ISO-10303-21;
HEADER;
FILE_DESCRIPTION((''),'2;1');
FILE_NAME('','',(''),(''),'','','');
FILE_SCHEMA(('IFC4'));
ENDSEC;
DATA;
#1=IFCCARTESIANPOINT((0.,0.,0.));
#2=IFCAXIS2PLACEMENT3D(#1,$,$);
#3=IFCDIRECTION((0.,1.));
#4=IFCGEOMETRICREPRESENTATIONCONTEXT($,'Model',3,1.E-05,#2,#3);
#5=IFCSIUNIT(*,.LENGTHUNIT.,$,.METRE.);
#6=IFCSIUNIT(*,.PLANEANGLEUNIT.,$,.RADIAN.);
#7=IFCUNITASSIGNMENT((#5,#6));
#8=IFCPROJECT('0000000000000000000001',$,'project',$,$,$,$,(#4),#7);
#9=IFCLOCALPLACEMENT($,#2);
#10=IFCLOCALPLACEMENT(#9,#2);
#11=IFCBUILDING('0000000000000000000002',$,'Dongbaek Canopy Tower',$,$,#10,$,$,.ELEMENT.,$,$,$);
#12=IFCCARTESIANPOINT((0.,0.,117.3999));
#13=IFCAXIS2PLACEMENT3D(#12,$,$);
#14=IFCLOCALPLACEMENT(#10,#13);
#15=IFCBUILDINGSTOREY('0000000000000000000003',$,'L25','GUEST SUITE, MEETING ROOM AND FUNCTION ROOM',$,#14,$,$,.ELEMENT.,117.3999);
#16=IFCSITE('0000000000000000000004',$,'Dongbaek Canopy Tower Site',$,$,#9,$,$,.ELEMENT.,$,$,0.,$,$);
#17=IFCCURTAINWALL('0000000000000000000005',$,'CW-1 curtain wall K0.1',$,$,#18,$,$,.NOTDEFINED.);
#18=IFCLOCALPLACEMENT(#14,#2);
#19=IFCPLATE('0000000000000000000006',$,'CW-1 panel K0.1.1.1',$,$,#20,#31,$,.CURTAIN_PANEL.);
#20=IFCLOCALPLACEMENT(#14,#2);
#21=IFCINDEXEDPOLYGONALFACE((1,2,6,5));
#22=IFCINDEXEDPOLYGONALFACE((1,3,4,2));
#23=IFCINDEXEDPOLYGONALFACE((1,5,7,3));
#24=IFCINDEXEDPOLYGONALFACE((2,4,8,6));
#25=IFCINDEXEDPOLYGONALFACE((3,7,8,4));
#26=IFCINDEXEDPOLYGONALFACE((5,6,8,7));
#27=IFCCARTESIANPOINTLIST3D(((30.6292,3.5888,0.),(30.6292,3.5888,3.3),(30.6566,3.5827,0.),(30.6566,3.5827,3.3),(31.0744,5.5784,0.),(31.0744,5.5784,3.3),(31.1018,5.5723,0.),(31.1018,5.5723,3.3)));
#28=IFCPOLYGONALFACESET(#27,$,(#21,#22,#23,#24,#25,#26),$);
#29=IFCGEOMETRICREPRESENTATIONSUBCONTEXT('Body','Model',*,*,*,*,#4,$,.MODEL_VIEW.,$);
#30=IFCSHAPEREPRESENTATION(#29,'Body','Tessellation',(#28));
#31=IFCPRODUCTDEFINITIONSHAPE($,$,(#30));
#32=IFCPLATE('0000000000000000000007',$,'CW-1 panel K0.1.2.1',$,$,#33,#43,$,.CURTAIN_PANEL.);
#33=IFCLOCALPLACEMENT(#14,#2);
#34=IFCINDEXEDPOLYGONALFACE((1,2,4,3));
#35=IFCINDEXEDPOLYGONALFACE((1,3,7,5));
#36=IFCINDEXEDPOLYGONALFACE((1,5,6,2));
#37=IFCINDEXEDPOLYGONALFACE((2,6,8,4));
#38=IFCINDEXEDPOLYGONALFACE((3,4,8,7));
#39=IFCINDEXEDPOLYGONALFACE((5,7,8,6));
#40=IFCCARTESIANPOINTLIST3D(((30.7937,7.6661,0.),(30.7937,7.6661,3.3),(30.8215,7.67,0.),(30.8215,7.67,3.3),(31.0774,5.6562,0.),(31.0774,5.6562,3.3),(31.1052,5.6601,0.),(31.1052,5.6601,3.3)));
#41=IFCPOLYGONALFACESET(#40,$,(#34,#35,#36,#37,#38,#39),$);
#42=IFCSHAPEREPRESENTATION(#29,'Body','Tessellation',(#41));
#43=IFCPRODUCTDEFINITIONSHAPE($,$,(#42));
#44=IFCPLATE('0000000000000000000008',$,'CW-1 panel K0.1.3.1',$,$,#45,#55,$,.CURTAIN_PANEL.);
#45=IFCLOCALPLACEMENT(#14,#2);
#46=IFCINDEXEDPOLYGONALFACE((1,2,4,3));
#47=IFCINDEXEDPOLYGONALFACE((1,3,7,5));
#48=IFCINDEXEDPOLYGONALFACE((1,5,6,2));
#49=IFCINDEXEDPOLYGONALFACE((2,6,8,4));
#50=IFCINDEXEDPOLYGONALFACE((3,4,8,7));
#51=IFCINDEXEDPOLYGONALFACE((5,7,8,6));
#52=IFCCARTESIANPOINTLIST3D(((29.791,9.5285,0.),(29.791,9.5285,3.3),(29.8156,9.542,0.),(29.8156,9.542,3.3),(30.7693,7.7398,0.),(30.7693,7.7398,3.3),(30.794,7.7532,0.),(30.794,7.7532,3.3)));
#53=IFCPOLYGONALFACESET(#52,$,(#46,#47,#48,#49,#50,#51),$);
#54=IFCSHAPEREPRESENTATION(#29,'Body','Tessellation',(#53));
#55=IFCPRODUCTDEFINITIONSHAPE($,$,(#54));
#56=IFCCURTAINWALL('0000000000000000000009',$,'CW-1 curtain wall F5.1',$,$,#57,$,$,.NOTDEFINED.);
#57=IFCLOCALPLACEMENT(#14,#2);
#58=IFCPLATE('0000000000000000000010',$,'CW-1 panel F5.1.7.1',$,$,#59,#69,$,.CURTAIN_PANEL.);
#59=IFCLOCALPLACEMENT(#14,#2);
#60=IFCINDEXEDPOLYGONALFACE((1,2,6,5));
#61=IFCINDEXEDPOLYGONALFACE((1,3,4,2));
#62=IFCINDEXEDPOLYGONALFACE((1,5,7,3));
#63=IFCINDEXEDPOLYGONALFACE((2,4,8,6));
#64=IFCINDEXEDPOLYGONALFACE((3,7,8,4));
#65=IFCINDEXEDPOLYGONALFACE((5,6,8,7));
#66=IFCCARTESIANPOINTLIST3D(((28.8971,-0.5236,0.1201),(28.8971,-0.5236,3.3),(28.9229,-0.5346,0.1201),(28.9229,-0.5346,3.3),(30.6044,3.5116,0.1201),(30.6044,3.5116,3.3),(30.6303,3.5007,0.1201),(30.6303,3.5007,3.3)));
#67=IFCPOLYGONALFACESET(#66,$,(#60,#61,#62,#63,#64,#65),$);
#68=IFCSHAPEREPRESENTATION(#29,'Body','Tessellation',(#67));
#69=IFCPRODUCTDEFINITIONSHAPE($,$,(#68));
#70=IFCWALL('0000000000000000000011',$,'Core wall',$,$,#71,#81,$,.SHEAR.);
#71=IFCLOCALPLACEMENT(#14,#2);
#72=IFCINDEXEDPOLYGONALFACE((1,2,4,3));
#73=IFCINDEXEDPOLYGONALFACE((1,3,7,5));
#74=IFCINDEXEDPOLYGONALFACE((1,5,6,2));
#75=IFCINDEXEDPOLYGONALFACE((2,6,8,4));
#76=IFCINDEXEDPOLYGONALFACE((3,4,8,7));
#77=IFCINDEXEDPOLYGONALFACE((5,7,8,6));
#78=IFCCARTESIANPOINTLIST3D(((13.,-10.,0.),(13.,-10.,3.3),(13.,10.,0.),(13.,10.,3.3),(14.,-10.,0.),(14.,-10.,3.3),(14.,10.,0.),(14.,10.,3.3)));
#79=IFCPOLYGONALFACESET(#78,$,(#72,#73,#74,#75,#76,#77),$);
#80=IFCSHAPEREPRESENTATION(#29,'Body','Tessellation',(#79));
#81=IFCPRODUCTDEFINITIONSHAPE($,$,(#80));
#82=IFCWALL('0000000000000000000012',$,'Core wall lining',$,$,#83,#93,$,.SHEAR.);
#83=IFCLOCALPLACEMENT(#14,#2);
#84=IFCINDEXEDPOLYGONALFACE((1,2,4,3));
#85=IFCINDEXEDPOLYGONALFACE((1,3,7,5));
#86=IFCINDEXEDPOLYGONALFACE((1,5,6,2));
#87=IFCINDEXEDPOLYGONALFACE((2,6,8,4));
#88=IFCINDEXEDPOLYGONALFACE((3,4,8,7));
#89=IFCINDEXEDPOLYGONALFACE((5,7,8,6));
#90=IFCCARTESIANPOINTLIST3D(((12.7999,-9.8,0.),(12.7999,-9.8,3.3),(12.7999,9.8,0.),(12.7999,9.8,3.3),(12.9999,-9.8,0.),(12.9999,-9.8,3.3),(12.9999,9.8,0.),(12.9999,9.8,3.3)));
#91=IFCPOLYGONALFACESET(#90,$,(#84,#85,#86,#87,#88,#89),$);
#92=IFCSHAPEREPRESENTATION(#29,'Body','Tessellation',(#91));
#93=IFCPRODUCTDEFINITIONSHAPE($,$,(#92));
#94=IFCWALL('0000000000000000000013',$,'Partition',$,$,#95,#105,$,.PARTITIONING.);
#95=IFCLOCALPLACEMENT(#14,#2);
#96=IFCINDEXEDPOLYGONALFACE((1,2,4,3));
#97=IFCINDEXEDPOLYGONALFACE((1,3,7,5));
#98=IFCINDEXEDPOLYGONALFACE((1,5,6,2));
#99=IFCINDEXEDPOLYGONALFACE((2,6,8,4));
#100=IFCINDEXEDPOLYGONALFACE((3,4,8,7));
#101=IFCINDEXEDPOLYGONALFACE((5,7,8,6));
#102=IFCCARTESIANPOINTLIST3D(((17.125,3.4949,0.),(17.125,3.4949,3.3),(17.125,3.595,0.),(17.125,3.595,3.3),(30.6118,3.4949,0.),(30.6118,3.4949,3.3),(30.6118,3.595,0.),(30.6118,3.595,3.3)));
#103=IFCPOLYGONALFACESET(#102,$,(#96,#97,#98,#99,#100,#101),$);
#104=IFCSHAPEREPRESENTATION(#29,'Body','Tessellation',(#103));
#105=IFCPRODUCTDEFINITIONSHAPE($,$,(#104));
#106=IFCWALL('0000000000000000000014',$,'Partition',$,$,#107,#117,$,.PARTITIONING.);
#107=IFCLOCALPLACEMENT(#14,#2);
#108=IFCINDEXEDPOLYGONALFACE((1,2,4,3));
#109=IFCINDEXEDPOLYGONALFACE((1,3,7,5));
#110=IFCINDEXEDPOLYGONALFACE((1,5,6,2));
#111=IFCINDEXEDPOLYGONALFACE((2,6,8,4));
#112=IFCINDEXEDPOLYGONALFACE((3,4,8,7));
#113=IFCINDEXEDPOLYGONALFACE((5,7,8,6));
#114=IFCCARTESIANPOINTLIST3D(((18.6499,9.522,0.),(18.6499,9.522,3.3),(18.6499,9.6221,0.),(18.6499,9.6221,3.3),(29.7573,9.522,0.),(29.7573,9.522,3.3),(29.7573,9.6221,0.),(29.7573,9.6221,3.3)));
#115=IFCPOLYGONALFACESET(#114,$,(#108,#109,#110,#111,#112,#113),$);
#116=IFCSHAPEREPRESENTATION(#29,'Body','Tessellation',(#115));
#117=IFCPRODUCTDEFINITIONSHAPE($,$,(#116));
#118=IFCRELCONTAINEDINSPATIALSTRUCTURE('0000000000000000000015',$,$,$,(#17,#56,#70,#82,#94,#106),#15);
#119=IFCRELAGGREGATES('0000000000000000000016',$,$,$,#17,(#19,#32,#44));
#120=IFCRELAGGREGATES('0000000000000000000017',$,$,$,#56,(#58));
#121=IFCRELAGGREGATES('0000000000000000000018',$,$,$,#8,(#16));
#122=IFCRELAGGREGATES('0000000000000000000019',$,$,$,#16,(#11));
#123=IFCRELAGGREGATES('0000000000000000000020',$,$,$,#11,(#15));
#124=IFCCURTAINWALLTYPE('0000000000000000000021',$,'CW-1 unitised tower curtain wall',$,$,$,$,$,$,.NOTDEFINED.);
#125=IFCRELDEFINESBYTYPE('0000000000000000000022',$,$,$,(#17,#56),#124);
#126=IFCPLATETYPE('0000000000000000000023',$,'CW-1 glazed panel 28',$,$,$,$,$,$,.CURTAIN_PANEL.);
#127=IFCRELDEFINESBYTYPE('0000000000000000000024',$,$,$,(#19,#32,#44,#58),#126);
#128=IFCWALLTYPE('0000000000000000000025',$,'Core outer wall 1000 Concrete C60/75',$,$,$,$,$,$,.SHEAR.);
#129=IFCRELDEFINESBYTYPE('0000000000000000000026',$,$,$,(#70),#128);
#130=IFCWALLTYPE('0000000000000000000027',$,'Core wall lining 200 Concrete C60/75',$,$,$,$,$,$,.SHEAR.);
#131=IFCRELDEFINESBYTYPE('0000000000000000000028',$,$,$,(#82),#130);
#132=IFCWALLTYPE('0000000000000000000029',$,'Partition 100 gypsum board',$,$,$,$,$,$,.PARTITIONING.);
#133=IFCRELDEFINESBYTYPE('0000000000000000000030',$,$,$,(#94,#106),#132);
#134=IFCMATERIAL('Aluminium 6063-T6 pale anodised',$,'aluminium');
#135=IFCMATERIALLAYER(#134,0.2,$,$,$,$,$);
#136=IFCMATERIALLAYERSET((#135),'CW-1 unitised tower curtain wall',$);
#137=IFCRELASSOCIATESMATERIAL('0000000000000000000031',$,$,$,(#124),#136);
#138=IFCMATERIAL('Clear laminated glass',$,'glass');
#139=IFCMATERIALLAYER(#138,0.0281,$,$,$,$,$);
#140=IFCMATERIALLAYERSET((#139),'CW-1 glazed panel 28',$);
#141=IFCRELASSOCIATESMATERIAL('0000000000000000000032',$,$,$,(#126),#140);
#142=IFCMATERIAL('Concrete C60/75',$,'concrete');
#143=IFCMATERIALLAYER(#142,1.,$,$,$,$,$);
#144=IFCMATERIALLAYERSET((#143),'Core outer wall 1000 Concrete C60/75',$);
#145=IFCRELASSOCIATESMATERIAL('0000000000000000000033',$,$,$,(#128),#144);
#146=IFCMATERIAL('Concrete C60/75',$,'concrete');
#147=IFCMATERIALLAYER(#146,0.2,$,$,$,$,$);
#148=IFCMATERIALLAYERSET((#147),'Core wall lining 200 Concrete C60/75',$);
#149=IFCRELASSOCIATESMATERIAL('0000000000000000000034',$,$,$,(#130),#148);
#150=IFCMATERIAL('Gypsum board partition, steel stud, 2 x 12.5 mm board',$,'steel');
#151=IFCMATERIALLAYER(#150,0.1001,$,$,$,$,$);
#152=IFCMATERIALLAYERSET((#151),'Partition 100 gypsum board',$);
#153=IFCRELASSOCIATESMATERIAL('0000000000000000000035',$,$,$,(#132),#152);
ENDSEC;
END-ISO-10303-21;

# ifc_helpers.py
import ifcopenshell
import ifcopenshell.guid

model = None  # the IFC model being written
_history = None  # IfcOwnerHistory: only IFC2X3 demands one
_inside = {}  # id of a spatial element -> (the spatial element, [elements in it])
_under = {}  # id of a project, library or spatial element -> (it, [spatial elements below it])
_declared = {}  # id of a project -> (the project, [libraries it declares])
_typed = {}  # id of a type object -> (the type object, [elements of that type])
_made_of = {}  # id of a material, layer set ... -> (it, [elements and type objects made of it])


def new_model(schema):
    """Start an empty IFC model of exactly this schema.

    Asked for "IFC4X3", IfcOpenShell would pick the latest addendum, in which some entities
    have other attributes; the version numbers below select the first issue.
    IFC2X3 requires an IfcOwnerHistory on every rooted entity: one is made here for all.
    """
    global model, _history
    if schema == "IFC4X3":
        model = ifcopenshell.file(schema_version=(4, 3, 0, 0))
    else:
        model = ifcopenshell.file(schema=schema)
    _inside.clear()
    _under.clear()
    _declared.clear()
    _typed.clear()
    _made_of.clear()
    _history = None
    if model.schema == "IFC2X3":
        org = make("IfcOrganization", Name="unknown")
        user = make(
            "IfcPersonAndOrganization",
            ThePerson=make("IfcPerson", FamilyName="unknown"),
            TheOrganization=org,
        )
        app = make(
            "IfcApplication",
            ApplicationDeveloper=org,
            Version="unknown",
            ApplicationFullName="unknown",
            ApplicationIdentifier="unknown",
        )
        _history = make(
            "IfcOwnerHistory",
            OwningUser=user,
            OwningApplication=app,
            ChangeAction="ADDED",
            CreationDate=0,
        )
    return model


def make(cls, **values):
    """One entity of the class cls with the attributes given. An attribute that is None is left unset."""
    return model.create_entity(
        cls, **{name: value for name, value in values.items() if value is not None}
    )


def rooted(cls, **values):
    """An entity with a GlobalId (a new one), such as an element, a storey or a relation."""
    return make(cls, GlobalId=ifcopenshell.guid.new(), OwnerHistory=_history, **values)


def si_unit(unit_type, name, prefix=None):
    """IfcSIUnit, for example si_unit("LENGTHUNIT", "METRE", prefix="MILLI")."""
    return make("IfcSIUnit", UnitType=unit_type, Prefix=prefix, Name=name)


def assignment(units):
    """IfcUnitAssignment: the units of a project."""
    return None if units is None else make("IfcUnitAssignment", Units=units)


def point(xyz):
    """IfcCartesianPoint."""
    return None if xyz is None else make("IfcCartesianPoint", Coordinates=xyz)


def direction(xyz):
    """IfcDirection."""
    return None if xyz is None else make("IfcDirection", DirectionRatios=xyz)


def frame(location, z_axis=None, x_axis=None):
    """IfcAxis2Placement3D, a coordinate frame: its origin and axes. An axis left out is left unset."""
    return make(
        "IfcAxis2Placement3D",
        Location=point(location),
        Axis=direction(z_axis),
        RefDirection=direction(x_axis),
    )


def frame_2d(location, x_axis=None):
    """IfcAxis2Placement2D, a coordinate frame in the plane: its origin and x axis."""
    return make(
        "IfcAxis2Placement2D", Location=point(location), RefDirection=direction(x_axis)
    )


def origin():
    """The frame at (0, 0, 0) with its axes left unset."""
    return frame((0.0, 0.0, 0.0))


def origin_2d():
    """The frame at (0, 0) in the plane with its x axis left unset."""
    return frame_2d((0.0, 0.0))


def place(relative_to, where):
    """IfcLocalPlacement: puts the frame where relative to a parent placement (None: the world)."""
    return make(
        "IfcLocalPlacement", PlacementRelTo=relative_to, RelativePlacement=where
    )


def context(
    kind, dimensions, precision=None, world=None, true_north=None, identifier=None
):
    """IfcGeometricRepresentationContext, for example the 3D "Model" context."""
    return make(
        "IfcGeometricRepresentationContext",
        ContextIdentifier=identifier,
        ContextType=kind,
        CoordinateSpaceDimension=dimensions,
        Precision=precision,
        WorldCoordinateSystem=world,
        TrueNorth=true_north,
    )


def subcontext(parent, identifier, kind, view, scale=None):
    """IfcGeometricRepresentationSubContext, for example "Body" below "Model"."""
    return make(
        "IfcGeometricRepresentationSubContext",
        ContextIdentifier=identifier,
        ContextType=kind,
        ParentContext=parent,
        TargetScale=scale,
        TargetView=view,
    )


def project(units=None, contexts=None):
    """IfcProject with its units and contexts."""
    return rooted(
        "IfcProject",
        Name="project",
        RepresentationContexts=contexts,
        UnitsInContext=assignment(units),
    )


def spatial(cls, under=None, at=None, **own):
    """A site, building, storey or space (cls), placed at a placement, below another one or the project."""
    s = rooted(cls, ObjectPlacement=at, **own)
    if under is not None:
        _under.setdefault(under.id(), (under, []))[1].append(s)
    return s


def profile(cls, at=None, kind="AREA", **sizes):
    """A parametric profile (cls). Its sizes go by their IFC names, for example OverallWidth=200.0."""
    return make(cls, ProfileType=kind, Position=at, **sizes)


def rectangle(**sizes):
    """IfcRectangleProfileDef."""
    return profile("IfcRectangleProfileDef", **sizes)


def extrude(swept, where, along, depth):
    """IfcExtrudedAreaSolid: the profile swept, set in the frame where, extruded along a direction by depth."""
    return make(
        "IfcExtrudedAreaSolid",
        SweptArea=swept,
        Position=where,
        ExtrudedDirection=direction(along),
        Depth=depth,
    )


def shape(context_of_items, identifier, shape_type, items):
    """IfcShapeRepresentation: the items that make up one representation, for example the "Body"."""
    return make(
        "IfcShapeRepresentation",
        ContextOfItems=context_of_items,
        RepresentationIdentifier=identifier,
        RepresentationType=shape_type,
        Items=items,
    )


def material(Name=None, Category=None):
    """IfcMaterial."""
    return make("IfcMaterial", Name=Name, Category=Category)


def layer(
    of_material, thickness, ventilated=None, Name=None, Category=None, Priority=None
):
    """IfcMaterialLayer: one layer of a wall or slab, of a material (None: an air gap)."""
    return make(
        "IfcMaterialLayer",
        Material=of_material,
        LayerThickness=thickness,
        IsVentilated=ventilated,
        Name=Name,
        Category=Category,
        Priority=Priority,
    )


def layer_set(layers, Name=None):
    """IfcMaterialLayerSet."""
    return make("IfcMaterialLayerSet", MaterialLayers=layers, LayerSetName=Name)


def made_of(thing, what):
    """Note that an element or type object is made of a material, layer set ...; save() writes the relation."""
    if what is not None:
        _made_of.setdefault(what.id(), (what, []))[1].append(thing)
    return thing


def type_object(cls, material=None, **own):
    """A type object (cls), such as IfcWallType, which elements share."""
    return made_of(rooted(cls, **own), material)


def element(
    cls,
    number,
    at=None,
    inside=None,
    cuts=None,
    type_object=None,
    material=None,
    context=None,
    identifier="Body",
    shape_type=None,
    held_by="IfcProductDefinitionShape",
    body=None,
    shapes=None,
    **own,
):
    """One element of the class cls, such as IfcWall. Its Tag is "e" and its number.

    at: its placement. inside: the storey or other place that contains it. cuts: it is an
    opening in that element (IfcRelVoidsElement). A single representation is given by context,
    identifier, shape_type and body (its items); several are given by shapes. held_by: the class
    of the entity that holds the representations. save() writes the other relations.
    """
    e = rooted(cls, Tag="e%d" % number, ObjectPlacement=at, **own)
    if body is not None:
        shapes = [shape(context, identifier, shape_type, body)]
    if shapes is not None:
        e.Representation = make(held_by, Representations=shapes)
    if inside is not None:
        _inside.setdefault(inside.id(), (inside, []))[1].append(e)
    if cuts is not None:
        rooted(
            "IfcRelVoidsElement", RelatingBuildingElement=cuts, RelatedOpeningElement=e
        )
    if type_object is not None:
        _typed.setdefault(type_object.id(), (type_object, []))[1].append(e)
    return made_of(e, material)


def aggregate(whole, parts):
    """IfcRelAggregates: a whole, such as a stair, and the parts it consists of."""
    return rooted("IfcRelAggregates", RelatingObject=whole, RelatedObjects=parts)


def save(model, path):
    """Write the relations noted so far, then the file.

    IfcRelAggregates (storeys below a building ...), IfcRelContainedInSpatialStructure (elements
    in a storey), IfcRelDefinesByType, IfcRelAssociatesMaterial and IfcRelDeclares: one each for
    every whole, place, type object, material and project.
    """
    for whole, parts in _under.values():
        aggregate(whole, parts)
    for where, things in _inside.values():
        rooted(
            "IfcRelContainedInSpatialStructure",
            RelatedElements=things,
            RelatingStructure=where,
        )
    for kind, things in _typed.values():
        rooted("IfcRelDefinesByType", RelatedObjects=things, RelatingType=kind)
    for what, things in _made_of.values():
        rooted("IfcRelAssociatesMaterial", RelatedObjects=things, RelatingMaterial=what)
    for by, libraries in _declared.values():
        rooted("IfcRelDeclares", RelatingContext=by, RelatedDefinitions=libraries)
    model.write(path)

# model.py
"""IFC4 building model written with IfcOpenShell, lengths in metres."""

from ifc_helpers import new_model, si_unit, direction, frame, frame_2d, origin, origin_2d, place, context, subcontext, project, spatial, rectangle, extrude, material, layer, layer_set, type_object, element, aggregate, save


model = new_model("IFC4")

# Units and contexts
model_context = context("Model", 3, precision=1e-05, world=origin(), true_north=direction((0.0, 1.0)))
body_context = subcontext(model_context, "Body", "Model", "MODEL_VIEW")
ifc_project = project(units=[si_unit("LENGTHUNIT", "METRE"), si_unit("PLANEANGLEUNIT", "RADIAN")], contexts=[model_context])

# Site, building, storey
site_placement = place(None, origin())
site = spatial("IfcSite", under=ifc_project, at=site_placement, Name="Dongbaek Canopy Tower Site", CompositionType="ELEMENT", RefElevation=0.0)
building_placement = place(site_placement, origin())
building = spatial("IfcBuilding", under=site, at=building_placement, Name="Dongbaek Canopy Tower", CompositionType="ELEMENT")
storey_placement = place(building_placement, frame((0.0, 0.0, 117.3999)))
storey = spatial("IfcBuildingStorey", under=building, at=storey_placement, Name="L25", Description="GUEST SUITE, MEETING ROOM AND FUNCTION ROOM", CompositionType="ELEMENT", Elevation=117.3999)

# Curtain wall
ifc_material_1 = material(Name="Aluminium 6063-T6 pale anodised", Category="aluminium")
ifc_layer_1 = layer(ifc_material_1, 0.2)
ifc_layer_set_1 = layer_set([ifc_layer_1], Name="CW-1 unitised tower curtain wall")
curtain_wall_type = type_object("IfcCurtainWallType", Name="CW-1 unitised tower curtain wall", PredefinedType="NOTDEFINED", material=ifc_layer_set_1)
curtain_wall_1_placement = place(storey_placement, origin())
curtain_wall_1 = element("IfcCurtainWall", 1, at=curtain_wall_1_placement, inside=storey, type_object=curtain_wall_type, Name="CW-1 curtain wall K0.1", PredefinedType="NOTDEFINED")

# Plates
ifc_material_2 = material(Name="Clear laminated glass", Category="glass")
ifc_layer_2 = layer(ifc_material_2, 0.0281)
ifc_layer_set_2 = layer_set([ifc_layer_2], Name="CW-1 glazed panel 28")
plate_type = type_object("IfcPlateType", Name="CW-1 glazed panel 28", PredefinedType="CURTAIN_PANEL", material=ifc_layer_set_2)
plate_1_placement = place(storey_placement, frame((30.8655, 4.5806, 0.0), z_axis=(0.0, 0.0, 1.0), x_axis=(0.218339, 0.975873, 0.0)))
plate_1 = element("IfcPlate", 2, at=plate_1_placement, type_object=plate_type, Name="CW-1 panel K0.1.1.1", PredefinedType="CURTAIN_PANEL", context=body_context, shape_type="SweptSolid", body=[
    extrude(rectangle(XDim=2.0388, YDim=0.0281, at=origin_2d()), origin(), (0.0, 0.0, 1.0), 3.3),
])
plate_2_placement = place(storey_placement, frame((30.9495, 6.6631, 0.0), z_axis=(0.0, 0.0, 1.0), x_axis=(-0.139736, 0.990189, 0.0)))
plate_2 = element("IfcPlate", 3, at=plate_2_placement, type_object=plate_type, Name="CW-1 panel K0.1.2.1", PredefinedType="CURTAIN_PANEL", context=body_context, shape_type="SweptSolid", body=[
    extrude(rectangle(XDim=2.0298, YDim=0.0281, at=origin_2d()), origin(), (0.0, 0.0, 1.0), 3.3),
])
plate_3_placement = place(storey_placement, frame((30.2925, 8.6409, 0.0), z_axis=(0.0, 0.0, 1.0), x_axis=(-0.479865, 0.877342, 0.0)))
plate_3 = element("IfcPlate", 4, at=plate_3_placement, type_object=plate_type, Name="CW-1 panel K0.1.3.1", PredefinedType="CURTAIN_PANEL", context=body_context, shape_type="SweptSolid", body=[
    extrude(rectangle(XDim=2.0388, YDim=0.0281, at=origin_2d()), origin(), (0.0, 0.0, 1.0), 3.3),
])
aggregate(curtain_wall_1, [plate_1, plate_2, plate_3])

# Curtain wall, plate
curtain_wall_2_placement = place(storey_placement, origin())
curtain_wall_2 = element("IfcCurtainWall", 5, at=curtain_wall_2_placement, inside=storey, type_object=curtain_wall_type, Name="CW-1 curtain wall F5.1", PredefinedType="NOTDEFINED")
plate_4_placement = place(storey_placement, frame((29.7637, 1.4885, 0.1201), z_axis=(0.0, 0.0, 1.0), x_axis=(0.389663, 0.920958, 0.0)))
plate_4 = element("IfcPlate", 6, at=plate_4_placement, type_object=plate_type, Name="CW-1 panel F5.1.7.1", PredefinedType="CURTAIN_PANEL", context=body_context, shape_type="SweptSolid", body=[
    extrude(rectangle(XDim=4.3816, YDim=0.0281, at=origin_2d()), origin(), (0.0, 0.0, 1.0), 3.1799),
])
aggregate(curtain_wall_2, [plate_4])

# Walls
ifc_material_3 = material(Name="Concrete C60/75", Category="concrete")
ifc_layer_3 = layer(ifc_material_3, 1.0)
ifc_layer_set_3 = layer_set([ifc_layer_3], Name="Core outer wall 1000 Concrete C60/75")
wall_type_1 = type_object("IfcWallType", Name="Core outer wall 1000 Concrete C60/75", PredefinedType="SHEAR", material=ifc_layer_set_3)
wall_1_placement = place(storey_placement, frame((13.5, 10.0, 0.0), z_axis=(0.0, 0.0, 1.0), x_axis=(0.0, -1.0, 0.0)))
element("IfcWall", 7, at=wall_1_placement, inside=storey, type_object=wall_type_1, Name="Core wall", PredefinedType="SHEAR", context=body_context, shape_type="SweptSolid", body=[
    extrude(rectangle(XDim=20.0, YDim=1.0, at=frame_2d((10.0, 0.0))), origin(), (0.0, 0.0, 1.0), 3.3),
])
ifc_material_4 = material(Name="Concrete C60/75", Category="concrete")
ifc_layer_4 = layer(ifc_material_4, 0.2)
ifc_layer_set_4 = layer_set([ifc_layer_4], Name="Core wall lining 200 Concrete C60/75")
wall_type_2 = type_object("IfcWallType", Name="Core wall lining 200 Concrete C60/75", PredefinedType="SHEAR", material=ifc_layer_set_4)
wall_2_placement = place(storey_placement, frame((12.8999, 9.8, 0.0), z_axis=(0.0, 0.0, 1.0), x_axis=(0.0, -1.0, 0.0)))
element("IfcWall", 8, at=wall_2_placement, inside=storey, type_object=wall_type_2, Name="Core wall lining", PredefinedType="SHEAR", context=body_context, shape_type="SweptSolid", body=[
    extrude(rectangle(XDim=19.6001, YDim=0.2, at=frame_2d((9.8, 0.0))), origin(), (0.0, 0.0, 1.0), 3.3),
])
ifc_material_5 = material(Name="Gypsum board partition, steel stud, 2 x 12.5 mm board", Category="steel")
ifc_layer_5 = layer(ifc_material_5, 0.1001)
ifc_layer_set_5 = layer_set([ifc_layer_5], Name="Partition 100 gypsum board")
wall_type_3 = type_object("IfcWallType", Name="Partition 100 gypsum board", PredefinedType="PARTITIONING", material=ifc_layer_set_5)
wall_3_placement = place(storey_placement, frame((17.125, 3.5449, 0.0), z_axis=(0.0, 0.0, 1.0), x_axis=(1.0, 0.0, 0.0)))
element("IfcWall", 9, at=wall_3_placement, inside=storey, type_object=wall_type_3, Name="Partition", PredefinedType="PARTITIONING", context=body_context, shape_type="SweptSolid", body=[
    extrude(rectangle(XDim=13.4868, YDim=0.1001, at=frame_2d((6.7434, 0.0))), origin(), (0.0, 0.0, 1.0), 3.3),
])
wall_4_placement = place(storey_placement, frame((18.6499, 9.572, 0.0), z_axis=(0.0, 0.0, 1.0), x_axis=(1.0, 0.0, 0.0)))
element("IfcWall", 10, at=wall_4_placement, inside=storey, type_object=wall_type_3, Name="Partition", PredefinedType="PARTITIONING", context=body_context, shape_type="SweptSolid", body=[
    extrude(rectangle(XDim=11.1074, YDim=0.1001, at=frame_2d((5.5537, 0.0))), origin(), (0.0, 0.0, 1.0), 3.3),
])

save(model, "model.ifc")
